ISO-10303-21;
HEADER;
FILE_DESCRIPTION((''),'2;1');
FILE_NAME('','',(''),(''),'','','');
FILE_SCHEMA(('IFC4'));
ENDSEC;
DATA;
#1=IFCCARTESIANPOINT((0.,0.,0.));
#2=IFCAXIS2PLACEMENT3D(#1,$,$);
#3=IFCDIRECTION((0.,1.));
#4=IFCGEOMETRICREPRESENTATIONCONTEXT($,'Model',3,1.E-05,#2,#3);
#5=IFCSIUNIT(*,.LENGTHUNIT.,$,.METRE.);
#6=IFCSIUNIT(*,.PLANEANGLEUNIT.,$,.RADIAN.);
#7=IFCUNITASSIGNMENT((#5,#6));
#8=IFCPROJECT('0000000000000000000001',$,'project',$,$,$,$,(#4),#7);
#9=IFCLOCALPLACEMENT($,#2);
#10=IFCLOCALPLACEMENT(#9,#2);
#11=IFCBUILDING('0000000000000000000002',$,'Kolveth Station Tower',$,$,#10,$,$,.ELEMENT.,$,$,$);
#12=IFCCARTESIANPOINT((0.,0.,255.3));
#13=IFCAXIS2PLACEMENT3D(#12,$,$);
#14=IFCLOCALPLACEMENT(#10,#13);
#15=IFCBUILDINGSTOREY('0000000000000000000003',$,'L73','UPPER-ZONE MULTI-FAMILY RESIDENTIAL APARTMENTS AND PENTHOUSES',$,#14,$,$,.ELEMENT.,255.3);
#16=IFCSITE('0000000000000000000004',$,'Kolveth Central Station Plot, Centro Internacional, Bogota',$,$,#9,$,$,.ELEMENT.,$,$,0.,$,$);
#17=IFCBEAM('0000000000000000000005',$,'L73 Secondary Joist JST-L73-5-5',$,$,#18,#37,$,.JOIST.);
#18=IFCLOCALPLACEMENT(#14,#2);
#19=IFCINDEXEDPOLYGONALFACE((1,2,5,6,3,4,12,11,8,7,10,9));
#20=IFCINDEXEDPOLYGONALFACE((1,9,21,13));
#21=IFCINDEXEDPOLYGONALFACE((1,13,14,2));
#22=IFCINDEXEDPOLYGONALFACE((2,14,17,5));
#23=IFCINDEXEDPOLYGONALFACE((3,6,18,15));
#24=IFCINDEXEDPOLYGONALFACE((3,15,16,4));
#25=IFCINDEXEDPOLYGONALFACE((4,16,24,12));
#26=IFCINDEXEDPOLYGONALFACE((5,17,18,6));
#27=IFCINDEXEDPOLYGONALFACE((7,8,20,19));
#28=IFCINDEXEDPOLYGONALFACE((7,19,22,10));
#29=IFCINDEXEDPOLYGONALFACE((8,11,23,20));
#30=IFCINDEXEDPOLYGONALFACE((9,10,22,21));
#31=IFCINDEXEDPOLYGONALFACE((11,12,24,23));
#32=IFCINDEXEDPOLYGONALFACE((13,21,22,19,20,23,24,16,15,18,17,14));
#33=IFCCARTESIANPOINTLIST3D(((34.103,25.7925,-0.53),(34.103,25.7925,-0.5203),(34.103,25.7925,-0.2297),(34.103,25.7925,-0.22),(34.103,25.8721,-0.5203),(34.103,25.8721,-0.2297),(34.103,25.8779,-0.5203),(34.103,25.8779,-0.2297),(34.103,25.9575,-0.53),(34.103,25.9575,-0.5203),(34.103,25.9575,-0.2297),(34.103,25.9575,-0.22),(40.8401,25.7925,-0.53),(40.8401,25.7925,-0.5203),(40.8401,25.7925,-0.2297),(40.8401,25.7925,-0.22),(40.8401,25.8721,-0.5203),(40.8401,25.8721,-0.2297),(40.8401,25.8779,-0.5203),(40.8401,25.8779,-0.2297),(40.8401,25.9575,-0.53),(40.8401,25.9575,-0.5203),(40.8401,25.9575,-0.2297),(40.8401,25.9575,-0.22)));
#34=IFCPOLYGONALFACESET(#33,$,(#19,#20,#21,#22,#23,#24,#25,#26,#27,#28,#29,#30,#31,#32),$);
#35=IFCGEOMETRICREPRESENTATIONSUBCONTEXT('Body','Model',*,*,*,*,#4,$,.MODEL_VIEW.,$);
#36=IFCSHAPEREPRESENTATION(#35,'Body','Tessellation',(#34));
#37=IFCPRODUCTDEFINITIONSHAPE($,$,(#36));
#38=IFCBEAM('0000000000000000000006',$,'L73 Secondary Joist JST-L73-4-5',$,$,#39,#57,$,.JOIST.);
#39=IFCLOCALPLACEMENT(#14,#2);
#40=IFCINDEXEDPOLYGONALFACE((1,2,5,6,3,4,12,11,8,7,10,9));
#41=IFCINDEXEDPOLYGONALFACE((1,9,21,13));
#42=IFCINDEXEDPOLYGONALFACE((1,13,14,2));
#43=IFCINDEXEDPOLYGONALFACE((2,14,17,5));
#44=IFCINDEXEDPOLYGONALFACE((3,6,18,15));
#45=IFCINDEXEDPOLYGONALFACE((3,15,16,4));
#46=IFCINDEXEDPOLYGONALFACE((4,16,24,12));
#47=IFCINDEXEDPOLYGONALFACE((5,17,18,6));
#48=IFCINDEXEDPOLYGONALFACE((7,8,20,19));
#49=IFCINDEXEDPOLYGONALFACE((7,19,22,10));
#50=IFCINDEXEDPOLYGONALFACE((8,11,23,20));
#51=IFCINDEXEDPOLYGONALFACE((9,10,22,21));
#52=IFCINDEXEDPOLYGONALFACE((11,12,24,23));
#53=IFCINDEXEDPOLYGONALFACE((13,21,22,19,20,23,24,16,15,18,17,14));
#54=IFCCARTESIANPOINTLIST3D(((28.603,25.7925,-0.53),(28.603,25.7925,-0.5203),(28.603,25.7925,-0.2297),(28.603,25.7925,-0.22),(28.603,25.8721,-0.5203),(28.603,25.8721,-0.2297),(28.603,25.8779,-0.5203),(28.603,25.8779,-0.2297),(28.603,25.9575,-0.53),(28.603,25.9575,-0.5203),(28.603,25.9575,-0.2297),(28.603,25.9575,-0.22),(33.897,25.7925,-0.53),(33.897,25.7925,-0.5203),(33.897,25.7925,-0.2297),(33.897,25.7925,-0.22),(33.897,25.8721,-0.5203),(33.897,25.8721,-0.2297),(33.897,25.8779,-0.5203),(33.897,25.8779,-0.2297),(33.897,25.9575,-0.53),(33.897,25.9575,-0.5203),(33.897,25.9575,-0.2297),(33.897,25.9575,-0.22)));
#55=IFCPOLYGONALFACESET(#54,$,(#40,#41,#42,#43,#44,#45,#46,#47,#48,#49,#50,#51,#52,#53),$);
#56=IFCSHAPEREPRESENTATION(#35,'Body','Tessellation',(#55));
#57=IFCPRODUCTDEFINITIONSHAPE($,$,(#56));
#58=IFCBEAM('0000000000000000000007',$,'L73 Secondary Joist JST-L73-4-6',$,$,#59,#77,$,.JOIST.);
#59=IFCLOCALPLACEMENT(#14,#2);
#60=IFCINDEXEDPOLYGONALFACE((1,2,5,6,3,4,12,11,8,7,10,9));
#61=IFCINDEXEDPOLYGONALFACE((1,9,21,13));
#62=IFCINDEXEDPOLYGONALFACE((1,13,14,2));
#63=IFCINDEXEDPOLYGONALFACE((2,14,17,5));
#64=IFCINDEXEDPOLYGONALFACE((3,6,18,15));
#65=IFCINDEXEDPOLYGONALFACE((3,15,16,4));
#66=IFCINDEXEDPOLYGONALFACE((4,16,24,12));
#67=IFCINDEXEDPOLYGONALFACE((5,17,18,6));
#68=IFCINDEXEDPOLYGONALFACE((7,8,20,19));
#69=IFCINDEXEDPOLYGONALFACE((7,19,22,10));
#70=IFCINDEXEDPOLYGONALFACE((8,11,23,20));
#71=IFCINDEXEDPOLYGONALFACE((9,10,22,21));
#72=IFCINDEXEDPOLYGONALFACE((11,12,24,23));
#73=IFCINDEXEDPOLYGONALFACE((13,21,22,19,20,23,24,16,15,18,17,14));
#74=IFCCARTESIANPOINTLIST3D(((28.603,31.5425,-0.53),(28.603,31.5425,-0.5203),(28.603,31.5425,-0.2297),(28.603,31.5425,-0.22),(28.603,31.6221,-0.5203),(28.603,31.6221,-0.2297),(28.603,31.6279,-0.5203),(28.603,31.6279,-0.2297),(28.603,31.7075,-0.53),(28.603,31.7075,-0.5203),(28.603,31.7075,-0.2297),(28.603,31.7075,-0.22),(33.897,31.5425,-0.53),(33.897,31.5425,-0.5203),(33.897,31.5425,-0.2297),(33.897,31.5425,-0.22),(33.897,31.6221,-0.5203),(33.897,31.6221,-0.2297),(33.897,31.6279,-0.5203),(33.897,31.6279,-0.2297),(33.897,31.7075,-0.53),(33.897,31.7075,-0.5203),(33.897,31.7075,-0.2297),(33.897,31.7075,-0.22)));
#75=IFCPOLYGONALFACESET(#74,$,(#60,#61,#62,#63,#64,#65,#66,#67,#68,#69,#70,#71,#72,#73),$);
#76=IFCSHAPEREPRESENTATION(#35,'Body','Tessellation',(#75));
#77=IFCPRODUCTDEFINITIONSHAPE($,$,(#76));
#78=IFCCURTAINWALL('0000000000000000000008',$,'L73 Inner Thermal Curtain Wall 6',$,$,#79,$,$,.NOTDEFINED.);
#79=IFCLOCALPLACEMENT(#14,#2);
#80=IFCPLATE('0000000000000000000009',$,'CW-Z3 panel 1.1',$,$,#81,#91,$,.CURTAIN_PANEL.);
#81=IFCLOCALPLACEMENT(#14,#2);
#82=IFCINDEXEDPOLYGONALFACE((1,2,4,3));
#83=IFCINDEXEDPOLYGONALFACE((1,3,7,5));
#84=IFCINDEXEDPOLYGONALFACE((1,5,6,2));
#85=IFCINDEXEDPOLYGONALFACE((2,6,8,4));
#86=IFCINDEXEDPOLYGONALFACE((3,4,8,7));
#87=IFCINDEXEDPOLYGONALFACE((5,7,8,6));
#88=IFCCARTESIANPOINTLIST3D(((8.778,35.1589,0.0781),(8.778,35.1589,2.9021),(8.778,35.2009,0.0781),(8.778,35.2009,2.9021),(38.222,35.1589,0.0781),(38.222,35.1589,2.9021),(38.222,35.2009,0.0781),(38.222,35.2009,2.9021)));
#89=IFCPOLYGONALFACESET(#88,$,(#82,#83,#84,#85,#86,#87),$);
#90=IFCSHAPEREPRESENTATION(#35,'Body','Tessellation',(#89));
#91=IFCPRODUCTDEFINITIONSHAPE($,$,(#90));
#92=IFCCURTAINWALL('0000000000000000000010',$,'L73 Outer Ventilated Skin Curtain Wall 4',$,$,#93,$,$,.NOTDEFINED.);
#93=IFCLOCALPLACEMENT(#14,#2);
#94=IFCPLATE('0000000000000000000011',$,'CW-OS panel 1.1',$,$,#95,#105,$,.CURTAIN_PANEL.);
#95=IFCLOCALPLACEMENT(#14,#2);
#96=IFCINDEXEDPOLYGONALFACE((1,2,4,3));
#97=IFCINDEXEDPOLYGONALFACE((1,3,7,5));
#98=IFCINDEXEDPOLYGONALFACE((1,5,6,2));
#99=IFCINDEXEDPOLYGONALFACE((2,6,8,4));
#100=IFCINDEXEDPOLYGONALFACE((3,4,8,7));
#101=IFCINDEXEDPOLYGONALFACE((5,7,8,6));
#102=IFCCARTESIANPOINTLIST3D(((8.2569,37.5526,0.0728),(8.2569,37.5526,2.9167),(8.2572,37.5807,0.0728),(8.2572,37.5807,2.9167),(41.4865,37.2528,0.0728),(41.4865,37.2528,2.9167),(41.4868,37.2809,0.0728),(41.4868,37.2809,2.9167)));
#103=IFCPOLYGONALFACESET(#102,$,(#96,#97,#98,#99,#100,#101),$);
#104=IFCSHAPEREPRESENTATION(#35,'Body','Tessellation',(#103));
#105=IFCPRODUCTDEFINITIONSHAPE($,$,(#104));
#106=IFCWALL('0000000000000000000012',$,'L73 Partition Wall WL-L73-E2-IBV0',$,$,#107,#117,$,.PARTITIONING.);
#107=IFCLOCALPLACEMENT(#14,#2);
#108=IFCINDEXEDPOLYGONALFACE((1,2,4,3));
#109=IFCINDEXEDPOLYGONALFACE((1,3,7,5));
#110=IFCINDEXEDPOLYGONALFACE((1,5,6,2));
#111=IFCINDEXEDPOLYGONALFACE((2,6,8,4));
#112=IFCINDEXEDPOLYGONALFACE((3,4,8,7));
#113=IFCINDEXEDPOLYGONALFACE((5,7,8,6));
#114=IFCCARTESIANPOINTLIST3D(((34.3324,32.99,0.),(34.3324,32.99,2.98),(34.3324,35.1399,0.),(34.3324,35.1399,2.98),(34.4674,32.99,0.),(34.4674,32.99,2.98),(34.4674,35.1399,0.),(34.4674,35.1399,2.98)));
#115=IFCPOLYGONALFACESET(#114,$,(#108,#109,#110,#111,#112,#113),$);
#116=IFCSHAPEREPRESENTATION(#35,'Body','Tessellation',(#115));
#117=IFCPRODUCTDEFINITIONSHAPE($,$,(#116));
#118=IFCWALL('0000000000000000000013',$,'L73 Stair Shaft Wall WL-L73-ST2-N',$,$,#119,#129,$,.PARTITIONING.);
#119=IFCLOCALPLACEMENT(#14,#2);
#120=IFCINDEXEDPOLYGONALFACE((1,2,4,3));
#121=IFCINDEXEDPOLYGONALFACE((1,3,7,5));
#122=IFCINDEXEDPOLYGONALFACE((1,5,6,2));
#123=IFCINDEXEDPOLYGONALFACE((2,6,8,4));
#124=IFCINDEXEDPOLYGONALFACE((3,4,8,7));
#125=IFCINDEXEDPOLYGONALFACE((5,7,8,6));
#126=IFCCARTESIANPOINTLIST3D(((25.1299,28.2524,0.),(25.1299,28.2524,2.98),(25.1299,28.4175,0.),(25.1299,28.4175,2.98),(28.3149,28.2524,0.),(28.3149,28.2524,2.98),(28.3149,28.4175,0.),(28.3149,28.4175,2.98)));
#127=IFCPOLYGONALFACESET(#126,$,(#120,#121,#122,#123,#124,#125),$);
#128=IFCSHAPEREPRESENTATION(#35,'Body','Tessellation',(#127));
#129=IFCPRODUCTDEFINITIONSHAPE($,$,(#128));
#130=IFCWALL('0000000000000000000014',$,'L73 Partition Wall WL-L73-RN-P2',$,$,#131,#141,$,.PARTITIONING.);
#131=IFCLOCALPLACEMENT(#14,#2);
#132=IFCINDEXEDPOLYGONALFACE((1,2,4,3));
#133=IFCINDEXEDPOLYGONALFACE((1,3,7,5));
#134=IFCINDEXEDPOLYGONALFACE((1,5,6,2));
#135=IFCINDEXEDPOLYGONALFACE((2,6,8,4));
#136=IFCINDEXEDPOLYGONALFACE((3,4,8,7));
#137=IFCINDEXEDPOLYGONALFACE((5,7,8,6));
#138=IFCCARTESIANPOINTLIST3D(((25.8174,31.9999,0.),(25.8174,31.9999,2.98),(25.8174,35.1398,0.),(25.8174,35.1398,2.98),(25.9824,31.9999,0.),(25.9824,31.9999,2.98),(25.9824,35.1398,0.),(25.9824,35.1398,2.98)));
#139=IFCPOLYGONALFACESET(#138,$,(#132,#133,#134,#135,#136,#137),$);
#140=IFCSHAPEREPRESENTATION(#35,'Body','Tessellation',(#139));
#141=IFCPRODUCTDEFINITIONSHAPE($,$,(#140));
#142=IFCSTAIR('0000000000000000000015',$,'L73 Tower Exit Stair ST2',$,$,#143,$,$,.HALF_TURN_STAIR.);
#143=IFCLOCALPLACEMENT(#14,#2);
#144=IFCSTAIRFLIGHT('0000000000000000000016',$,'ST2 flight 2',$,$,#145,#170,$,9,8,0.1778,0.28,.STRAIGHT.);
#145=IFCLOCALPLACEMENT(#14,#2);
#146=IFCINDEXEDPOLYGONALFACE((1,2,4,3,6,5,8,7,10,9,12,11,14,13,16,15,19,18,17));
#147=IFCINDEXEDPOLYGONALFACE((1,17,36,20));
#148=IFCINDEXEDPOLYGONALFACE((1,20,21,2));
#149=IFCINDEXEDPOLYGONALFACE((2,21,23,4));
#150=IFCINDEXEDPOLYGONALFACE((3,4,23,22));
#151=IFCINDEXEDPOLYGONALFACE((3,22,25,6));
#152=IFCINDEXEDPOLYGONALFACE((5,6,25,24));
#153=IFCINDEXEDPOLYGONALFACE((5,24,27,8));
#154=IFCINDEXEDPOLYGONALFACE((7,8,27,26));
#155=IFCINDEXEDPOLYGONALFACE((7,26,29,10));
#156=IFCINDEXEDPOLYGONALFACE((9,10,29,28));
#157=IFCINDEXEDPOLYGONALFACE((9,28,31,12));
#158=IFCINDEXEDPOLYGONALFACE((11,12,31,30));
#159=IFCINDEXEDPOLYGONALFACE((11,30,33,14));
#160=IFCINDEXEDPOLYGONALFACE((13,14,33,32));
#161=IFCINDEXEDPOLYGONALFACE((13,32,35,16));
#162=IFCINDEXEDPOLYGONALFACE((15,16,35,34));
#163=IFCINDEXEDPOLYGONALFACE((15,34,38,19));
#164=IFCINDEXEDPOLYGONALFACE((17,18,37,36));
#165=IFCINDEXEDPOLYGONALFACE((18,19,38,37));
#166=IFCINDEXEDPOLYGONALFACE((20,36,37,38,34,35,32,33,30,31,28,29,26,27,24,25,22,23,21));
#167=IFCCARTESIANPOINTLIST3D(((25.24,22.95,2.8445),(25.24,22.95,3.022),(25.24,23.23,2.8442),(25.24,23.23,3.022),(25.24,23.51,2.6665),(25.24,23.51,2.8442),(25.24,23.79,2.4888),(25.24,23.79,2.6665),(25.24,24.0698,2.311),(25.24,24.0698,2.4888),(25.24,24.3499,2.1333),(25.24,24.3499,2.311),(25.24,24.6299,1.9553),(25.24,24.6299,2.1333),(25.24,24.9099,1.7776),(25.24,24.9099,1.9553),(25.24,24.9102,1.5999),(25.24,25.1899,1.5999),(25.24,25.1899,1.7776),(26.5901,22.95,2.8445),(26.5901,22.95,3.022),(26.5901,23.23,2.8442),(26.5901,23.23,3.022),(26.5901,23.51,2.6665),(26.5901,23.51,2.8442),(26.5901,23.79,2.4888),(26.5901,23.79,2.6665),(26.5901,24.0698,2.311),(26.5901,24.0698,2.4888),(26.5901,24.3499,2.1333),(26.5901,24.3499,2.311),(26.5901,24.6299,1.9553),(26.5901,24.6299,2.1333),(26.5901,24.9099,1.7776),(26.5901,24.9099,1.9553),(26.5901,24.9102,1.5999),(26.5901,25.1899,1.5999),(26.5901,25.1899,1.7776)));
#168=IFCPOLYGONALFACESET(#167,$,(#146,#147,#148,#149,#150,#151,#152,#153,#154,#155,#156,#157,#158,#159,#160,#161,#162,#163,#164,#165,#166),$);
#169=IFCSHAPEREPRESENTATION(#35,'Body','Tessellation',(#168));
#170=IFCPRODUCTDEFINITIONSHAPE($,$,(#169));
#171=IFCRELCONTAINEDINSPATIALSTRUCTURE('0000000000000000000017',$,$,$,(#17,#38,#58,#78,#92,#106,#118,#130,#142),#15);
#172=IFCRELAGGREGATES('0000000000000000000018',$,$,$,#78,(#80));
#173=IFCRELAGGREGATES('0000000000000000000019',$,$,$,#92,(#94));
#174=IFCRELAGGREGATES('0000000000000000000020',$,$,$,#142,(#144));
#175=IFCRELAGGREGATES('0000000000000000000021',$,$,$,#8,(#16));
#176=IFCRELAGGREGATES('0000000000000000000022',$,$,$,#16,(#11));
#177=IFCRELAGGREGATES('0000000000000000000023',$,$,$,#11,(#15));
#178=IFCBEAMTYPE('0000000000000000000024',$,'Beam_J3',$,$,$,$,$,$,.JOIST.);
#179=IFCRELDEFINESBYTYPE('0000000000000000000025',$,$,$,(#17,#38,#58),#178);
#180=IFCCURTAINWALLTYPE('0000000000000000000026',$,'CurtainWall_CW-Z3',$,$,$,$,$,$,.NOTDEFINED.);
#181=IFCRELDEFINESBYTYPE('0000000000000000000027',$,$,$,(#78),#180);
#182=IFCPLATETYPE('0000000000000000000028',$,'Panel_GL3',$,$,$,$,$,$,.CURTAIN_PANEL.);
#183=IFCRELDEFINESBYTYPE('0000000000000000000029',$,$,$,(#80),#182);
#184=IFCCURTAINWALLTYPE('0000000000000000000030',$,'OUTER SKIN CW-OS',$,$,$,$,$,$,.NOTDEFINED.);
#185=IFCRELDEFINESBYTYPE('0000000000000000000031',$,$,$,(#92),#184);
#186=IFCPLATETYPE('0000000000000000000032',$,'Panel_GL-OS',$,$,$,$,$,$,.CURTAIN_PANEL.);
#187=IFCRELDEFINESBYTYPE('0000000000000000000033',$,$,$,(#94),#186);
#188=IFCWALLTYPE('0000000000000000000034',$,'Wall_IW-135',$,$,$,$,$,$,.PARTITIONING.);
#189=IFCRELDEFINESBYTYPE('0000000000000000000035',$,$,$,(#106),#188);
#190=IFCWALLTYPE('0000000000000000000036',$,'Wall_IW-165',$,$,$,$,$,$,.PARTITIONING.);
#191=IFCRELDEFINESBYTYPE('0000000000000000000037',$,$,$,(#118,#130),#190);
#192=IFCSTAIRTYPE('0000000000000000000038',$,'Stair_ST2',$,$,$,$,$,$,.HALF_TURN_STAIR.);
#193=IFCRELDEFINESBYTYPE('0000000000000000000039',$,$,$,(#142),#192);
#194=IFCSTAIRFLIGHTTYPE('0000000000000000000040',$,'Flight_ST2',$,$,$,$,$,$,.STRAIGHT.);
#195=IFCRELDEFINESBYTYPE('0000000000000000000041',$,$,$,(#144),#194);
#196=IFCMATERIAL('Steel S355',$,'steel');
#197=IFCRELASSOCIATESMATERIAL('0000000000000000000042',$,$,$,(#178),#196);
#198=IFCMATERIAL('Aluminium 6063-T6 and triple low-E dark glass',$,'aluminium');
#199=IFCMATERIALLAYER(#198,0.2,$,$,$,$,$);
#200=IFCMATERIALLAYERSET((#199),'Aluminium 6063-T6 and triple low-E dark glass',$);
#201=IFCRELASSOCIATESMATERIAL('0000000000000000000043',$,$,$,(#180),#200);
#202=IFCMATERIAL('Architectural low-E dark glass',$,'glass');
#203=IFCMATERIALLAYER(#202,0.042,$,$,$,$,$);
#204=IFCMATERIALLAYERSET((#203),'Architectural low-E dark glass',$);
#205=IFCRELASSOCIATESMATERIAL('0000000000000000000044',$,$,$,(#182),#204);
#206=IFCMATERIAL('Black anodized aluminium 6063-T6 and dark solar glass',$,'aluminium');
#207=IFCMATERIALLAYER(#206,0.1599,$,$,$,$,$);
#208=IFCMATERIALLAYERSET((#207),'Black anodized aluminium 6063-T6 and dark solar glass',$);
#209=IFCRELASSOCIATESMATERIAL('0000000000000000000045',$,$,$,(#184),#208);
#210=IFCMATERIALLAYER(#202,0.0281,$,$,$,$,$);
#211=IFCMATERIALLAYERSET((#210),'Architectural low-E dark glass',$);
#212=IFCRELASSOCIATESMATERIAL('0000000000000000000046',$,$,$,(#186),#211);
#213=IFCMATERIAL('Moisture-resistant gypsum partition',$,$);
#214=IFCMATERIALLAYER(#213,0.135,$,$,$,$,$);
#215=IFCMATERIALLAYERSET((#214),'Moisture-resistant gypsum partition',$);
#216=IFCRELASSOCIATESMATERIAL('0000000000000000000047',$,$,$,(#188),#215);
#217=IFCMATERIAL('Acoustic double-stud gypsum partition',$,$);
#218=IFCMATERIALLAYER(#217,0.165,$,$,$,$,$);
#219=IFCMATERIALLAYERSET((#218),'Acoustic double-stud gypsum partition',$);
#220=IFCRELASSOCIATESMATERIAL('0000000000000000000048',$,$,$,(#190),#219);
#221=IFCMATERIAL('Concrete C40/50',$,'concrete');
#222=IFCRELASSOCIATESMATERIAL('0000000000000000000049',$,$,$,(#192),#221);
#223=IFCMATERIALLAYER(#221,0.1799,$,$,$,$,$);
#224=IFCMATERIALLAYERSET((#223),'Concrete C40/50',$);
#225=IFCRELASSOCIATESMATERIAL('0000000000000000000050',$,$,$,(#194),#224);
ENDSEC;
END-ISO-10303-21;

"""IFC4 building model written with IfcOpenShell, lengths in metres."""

from ifc_helpers import new_model, si_unit, direction, frame, frame_2d, origin, origin_2d, place, context, subcontext, project, spatial, polyline, rectangle, i_section, outline, extrude, source, transform, mapped, material, layer, layer_set, material_profile, profile_set, type_object, element, aggregate, save


model = new_model("IFC4")

# Units and contexts
model_context = context("Model", 3, precision=1e-05, world=origin(), true_north=direction((0.0, 1.0)))
body_context = subcontext(model_context, "Body", "Model", "MODEL_VIEW")
ifc_project = project(units=[si_unit("LENGTHUNIT", "METRE"), si_unit("PLANEANGLEUNIT", "RADIAN")], contexts=[model_context])

# Site, building, storey
site_placement = place(None, origin())
site = spatial("IfcSite", under=ifc_project, at=site_placement, Name="Kolveth Central Station Plot, Centro Internacional, Bogota", CompositionType="ELEMENT", RefElevation=0.0)
building_placement = place(site_placement, origin())
building = spatial("IfcBuilding", under=site, at=building_placement, Name="Kolveth Station Tower", CompositionType="ELEMENT")
storey_placement = place(building_placement, frame((0.0, 0.0, 255.3)))
storey = spatial("IfcBuildingStorey", under=building, at=storey_placement, Name="L73", Description="UPPER-ZONE MULTI-FAMILY RESIDENTIAL APARTMENTS AND PENTHOUSES", CompositionType="ELEMENT", Elevation=255.3)

# Shared definitions
ifc_material_1 = material(Name="Steel S355", Category="steel")

# Beams
ifc_material_profile_1 = material_profile(ifc_material_1, i_section(OverallWidth=0.165, OverallDepth=0.3101, WebThickness=0.0059, FlangeThickness=0.0098, at=origin_2d()), Name="W310x39")
ifc_profile_set_1 = profile_set([ifc_material_profile_1], Name="Steel S355")
beam_type_1 = type_object("IfcBeamType", Name="Beam_J3", PredefinedType="JOIST", material=ifc_profile_set_1)
shared_shape_1 = source(origin(), body_context, "Body", "SweptSolid", [
    extrude(i_section(OverallWidth=0.165, OverallDepth=0.3101, WebThickness=0.0059, FlangeThickness=0.0098, at=origin_2d()), origin(), (0.0, 0.0, 1.0), 6.7371),
])
beam_1_placement = place(storey_placement, frame((34.103, 25.875, -0.375), z_axis=(1.0, 0.0, 0.0), x_axis=(0.0, 1.0, 0.0)))
element("IfcBeam", 1, at=beam_1_placement, inside=storey, type_object=beam_type_1, Name="L73 Secondary Joist JST-L73-5-5", PredefinedType="JOIST", context=body_context, shape_type="MappedRepresentation", body=[
    mapped(shared_shape_1, transform((0.0, 0.0, 0.0), x_axis=(1.0, 0.0, 0.0), y_axis=(0.0, 1.0, 0.0), z_axis=(0.0, 0.0, 1.0), scale=1.0)),
])
shared_shape_2 = source(origin(), body_context, "Body", "SweptSolid", [
    extrude(i_section(OverallWidth=0.165, OverallDepth=0.3101, WebThickness=0.0059, FlangeThickness=0.0098, at=origin_2d()), origin(), (0.0, 0.0, 1.0), 5.2939),
])
for number, where, z_axis, x_axis, name in (
    (2, (28.603, 25.875, -0.375), (1.0, 0.0, 0.0), (0.0, 1.0, 0.0), "L73 Secondary Joist JST-L73-4-5"),
    (3, (28.603, 31.625, -0.375), (1.0, 0.0, 0.0), (0.0, 1.0, 0.0), "L73 Secondary Joist JST-L73-4-6"),
):
    element("IfcBeam", number, at=place(storey_placement, frame(where, z_axis=z_axis, x_axis=x_axis)), inside=storey, type_object=beam_type_1, Name=name, PredefinedType="JOIST", context=body_context, shape_type="MappedRepresentation", body=[
        mapped(shared_shape_2, transform((0.0, 0.0, 0.0), x_axis=(1.0, 0.0, 0.0), y_axis=(0.0, 1.0, 0.0), z_axis=(0.0, 0.0, 1.0), scale=1.0)),
    ])

# Curtain walls, plates
ifc_material_2 = material(Name="Aluminium 6063-T6 and triple low-E dark glass", Category="aluminium")
ifc_layer_1 = layer(ifc_material_2, 0.2)
ifc_layer_set_1 = layer_set([ifc_layer_1], Name="Aluminium 6063-T6 and triple low-E dark glass")
curtain_wall_type_1 = type_object("IfcCurtainWallType", Name="CurtainWall_CW-Z3", PredefinedType="NOTDEFINED", material=ifc_layer_set_1)
curtain_wall_1_placement = place(storey_placement, origin())
curtain_wall_1 = element("IfcCurtainWall", 4, at=curtain_wall_1_placement, inside=storey, type_object=curtain_wall_type_1, Name="L73 Inner Thermal Curtain Wall 6", PredefinedType="NOTDEFINED")
ifc_material_3 = material(Name="Architectural low-E dark glass", Category="glass")
ifc_layer_2 = layer(ifc_material_3, 0.042)
ifc_layer_set_2 = layer_set([ifc_layer_2], Name="Architectural low-E dark glass")
plate_type_1 = type_object("IfcPlateType", Name="Panel_GL3", PredefinedType="CURTAIN_PANEL", material=ifc_layer_set_2)
shared_shape_3 = source(origin(), body_context, "Body", "SweptSolid", [
    extrude(rectangle(XDim=29.4441, YDim=0.042, at=origin_2d()), origin(), (0.0, 0.0, 1.0), 2.824),
])
plate_1_placement = place(storey_placement, frame((23.5, 35.1799, 0.0781), z_axis=(0.0, 0.0, 1.0), x_axis=(-1.0, 0.0, 0.0)))
plate_1 = element("IfcPlate", 5, at=plate_1_placement, type_object=plate_type_1, Name="CW-Z3 panel 1.1", PredefinedType="CURTAIN_PANEL", context=body_context, shape_type="MappedRepresentation", body=[
    mapped(shared_shape_3, transform((0.0, 0.0, 0.0), x_axis=(1.0, 0.0, 0.0), y_axis=(0.0, 1.0, 0.0), z_axis=(0.0, 0.0, 1.0), scale=1.0)),
])
aggregate(curtain_wall_1, [plate_1])
ifc_material_4 = material(Name="Black anodized aluminium 6063-T6 and dark solar glass", Category="aluminium")
ifc_layer_3 = layer(ifc_material_4, 0.1599)
ifc_layer_set_3 = layer_set([ifc_layer_3], Name="Black anodized aluminium 6063-T6 and dark solar glass")
curtain_wall_type_2 = type_object("IfcCurtainWallType", Name="OUTER SKIN CW-OS", PredefinedType="NOTDEFINED", material=ifc_layer_set_3)
curtain_wall_2_placement = place(storey_placement, origin())
curtain_wall_2 = element("IfcCurtainWall", 6, at=curtain_wall_2_placement, inside=storey, type_object=curtain_wall_type_2, Name="L73 Outer Ventilated Skin Curtain Wall 4", PredefinedType="NOTDEFINED")
ifc_layer_4 = layer(ifc_material_3, 0.0281)
ifc_layer_set_4 = layer_set([ifc_layer_4], Name="Architectural low-E dark glass")
plate_type_2 = type_object("IfcPlateType", Name="Panel_GL-OS", PredefinedType="CURTAIN_PANEL", material=ifc_layer_set_4)
shared_shape_4 = source(origin(), body_context, "Body", "SweptSolid", [
    extrude(rectangle(XDim=33.231, YDim=0.0281, at=origin_2d()), origin(), (0.0, 0.0, 1.0), 2.844),
])
plate_2_placement = place(storey_placement, frame((24.8718, 37.4167, 0.0728), z_axis=(0.0, 0.0, 1.0), x_axis=(-0.999959, 0.009022, 0.0)))
plate_2 = element("IfcPlate", 7, at=plate_2_placement, type_object=plate_type_2, Name="CW-OS panel 1.1", PredefinedType="CURTAIN_PANEL", context=body_context, shape_type="MappedRepresentation", body=[
    mapped(shared_shape_4, transform((0.0, 0.0, 0.0), x_axis=(1.0, 0.0, 0.0), y_axis=(0.0, 1.0, 0.0), z_axis=(0.0, 0.0, 1.0), scale=1.0)),
])
aggregate(curtain_wall_2, [plate_2])

# Shared definitions
ifc_material_5 = material(Name="Moisture-resistant gypsum partition")
ifc_layer_5 = layer(ifc_material_5, 0.135)
ifc_layer_set_5 = layer_set([ifc_layer_5], Name="Moisture-resistant gypsum partition")
wall_type_1 = type_object("IfcWallType", Name="Wall_IW-135", PredefinedType="PARTITIONING", material=ifc_layer_set_5)

# Walls
wall_1_placement = place(storey_placement, frame((34.3999, 32.99, 0.0), z_axis=(0.0, 0.0, 1.0), x_axis=(0.0, 1.0, 0.0)))
element("IfcWall", 8, at=wall_1_placement, inside=storey, type_object=wall_type_1, Name="L73 Partition Wall WL-L73-E2-IBV0", PredefinedType="PARTITIONING", context=body_context, shape_type="SweptSolid", body=[
    extrude(rectangle(XDim=2.1499, YDim=0.135, at=frame_2d((1.075, 0.0))), origin(), (0.0, 0.0, 1.0), 2.98),
])
ifc_material_6 = material(Name="Acoustic double-stud gypsum partition")
ifc_layer_6 = layer(ifc_material_6, 0.165)
ifc_layer_set_6 = layer_set([ifc_layer_6], Name="Acoustic double-stud gypsum partition")
wall_type_2 = type_object("IfcWallType", Name="Wall_IW-165", PredefinedType="PARTITIONING", material=ifc_layer_set_6)
wall_2_placement = place(storey_placement, frame((25.1299, 28.335, 0.0), z_axis=(0.0, 0.0, 1.0), x_axis=(1.0, 0.0, 0.0)))
element("IfcWall", 9, at=wall_2_placement, inside=storey, type_object=wall_type_2, Name="L73 Stair Shaft Wall WL-L73-ST2-N", PredefinedType="PARTITIONING", context=body_context, shape_type="SweptSolid", body=[
    extrude(rectangle(XDim=3.1851, YDim=0.165, at=frame_2d((1.5925, 0.0))), origin(), (0.0, 0.0, 1.0), 2.98),
])
wall_3_placement = place(storey_placement, frame((25.8999, 32.0, 0.0), z_axis=(0.0, 0.0, 1.0), x_axis=(0.0, 1.0, 0.0)))
element("IfcWall", 10, at=wall_3_placement, inside=storey, type_object=wall_type_2, Name="L73 Partition Wall WL-L73-RN-P2", PredefinedType="PARTITIONING", context=body_context, shape_type="SweptSolid", body=[
    extrude(rectangle(XDim=3.1399, YDim=0.165, at=frame_2d((1.5698, 0.0))), origin(), (0.0, 0.0, 1.0), 2.98),
])

# Stair, stair flight
ifc_material_7 = material(Name="Concrete C40/50", Category="concrete")
stair_type = type_object("IfcStairType", Name="Stair_ST2", PredefinedType="HALF_TURN_STAIR", material=ifc_material_7)
stair_placement = place(storey_placement, origin())
stair = element("IfcStair", 11, at=stair_placement, inside=storey, type_object=stair_type, Name="L73 Tower Exit Stair ST2", PredefinedType="HALF_TURN_STAIR")
ifc_layer_7 = layer(ifc_material_7, 0.1799)
ifc_layer_set_7 = layer_set([ifc_layer_7], Name="Concrete C40/50")
stair_flight_type = type_object("IfcStairFlightType", Name="Flight_ST2", PredefinedType="STRAIGHT", material=ifc_layer_set_7)
stair_flight_placement = place(storey_placement, frame((25.915, 25.1899, 1.5999), z_axis=(0.0, 0.0, 1.0), x_axis=(0.0, -1.0, 0.0)))
stair_flight = element("IfcStairFlight", 12, at=stair_flight_placement, type_object=stair_flight_type, Name="ST2 flight 2", NumberOfRisers=9, NumberOfTreads=8, PredefinedType="STRAIGHT", RiserHeight=0.1778, TreadLength=0.28, context=body_context, shape_type="SweptSolid", body=[
    extrude(outline(polyline([(0.0, 0.0), (0.0, 0.1777), (0.28, 0.1777), (0.28, 0.3555), (0.5601, 0.3555), (0.5601, 0.5334), (0.8401, 0.5334), (0.8401, 0.7112), (1.1201, 0.7112), (1.1201, 0.8889), (1.3999, 0.8889), (1.3999, 1.0667), (1.6799, 1.0667), (1.6799, 1.2444), (1.96, 1.2444), (1.96, 1.4221), (2.24, 1.4221), (2.24, 1.6001), (2.24, 1.2446), (0.2798, 0.0), (0.0, 0.0)])), frame((0.0, 0.675, 0.0), z_axis=(0.0, -1.0, 0.0), x_axis=(1.0, 0.0, 0.0)), (0.0, 0.0, 1.0), 1.3501),
])
aggregate(stair, [stair_flight])

save(model, "model.ifc")
